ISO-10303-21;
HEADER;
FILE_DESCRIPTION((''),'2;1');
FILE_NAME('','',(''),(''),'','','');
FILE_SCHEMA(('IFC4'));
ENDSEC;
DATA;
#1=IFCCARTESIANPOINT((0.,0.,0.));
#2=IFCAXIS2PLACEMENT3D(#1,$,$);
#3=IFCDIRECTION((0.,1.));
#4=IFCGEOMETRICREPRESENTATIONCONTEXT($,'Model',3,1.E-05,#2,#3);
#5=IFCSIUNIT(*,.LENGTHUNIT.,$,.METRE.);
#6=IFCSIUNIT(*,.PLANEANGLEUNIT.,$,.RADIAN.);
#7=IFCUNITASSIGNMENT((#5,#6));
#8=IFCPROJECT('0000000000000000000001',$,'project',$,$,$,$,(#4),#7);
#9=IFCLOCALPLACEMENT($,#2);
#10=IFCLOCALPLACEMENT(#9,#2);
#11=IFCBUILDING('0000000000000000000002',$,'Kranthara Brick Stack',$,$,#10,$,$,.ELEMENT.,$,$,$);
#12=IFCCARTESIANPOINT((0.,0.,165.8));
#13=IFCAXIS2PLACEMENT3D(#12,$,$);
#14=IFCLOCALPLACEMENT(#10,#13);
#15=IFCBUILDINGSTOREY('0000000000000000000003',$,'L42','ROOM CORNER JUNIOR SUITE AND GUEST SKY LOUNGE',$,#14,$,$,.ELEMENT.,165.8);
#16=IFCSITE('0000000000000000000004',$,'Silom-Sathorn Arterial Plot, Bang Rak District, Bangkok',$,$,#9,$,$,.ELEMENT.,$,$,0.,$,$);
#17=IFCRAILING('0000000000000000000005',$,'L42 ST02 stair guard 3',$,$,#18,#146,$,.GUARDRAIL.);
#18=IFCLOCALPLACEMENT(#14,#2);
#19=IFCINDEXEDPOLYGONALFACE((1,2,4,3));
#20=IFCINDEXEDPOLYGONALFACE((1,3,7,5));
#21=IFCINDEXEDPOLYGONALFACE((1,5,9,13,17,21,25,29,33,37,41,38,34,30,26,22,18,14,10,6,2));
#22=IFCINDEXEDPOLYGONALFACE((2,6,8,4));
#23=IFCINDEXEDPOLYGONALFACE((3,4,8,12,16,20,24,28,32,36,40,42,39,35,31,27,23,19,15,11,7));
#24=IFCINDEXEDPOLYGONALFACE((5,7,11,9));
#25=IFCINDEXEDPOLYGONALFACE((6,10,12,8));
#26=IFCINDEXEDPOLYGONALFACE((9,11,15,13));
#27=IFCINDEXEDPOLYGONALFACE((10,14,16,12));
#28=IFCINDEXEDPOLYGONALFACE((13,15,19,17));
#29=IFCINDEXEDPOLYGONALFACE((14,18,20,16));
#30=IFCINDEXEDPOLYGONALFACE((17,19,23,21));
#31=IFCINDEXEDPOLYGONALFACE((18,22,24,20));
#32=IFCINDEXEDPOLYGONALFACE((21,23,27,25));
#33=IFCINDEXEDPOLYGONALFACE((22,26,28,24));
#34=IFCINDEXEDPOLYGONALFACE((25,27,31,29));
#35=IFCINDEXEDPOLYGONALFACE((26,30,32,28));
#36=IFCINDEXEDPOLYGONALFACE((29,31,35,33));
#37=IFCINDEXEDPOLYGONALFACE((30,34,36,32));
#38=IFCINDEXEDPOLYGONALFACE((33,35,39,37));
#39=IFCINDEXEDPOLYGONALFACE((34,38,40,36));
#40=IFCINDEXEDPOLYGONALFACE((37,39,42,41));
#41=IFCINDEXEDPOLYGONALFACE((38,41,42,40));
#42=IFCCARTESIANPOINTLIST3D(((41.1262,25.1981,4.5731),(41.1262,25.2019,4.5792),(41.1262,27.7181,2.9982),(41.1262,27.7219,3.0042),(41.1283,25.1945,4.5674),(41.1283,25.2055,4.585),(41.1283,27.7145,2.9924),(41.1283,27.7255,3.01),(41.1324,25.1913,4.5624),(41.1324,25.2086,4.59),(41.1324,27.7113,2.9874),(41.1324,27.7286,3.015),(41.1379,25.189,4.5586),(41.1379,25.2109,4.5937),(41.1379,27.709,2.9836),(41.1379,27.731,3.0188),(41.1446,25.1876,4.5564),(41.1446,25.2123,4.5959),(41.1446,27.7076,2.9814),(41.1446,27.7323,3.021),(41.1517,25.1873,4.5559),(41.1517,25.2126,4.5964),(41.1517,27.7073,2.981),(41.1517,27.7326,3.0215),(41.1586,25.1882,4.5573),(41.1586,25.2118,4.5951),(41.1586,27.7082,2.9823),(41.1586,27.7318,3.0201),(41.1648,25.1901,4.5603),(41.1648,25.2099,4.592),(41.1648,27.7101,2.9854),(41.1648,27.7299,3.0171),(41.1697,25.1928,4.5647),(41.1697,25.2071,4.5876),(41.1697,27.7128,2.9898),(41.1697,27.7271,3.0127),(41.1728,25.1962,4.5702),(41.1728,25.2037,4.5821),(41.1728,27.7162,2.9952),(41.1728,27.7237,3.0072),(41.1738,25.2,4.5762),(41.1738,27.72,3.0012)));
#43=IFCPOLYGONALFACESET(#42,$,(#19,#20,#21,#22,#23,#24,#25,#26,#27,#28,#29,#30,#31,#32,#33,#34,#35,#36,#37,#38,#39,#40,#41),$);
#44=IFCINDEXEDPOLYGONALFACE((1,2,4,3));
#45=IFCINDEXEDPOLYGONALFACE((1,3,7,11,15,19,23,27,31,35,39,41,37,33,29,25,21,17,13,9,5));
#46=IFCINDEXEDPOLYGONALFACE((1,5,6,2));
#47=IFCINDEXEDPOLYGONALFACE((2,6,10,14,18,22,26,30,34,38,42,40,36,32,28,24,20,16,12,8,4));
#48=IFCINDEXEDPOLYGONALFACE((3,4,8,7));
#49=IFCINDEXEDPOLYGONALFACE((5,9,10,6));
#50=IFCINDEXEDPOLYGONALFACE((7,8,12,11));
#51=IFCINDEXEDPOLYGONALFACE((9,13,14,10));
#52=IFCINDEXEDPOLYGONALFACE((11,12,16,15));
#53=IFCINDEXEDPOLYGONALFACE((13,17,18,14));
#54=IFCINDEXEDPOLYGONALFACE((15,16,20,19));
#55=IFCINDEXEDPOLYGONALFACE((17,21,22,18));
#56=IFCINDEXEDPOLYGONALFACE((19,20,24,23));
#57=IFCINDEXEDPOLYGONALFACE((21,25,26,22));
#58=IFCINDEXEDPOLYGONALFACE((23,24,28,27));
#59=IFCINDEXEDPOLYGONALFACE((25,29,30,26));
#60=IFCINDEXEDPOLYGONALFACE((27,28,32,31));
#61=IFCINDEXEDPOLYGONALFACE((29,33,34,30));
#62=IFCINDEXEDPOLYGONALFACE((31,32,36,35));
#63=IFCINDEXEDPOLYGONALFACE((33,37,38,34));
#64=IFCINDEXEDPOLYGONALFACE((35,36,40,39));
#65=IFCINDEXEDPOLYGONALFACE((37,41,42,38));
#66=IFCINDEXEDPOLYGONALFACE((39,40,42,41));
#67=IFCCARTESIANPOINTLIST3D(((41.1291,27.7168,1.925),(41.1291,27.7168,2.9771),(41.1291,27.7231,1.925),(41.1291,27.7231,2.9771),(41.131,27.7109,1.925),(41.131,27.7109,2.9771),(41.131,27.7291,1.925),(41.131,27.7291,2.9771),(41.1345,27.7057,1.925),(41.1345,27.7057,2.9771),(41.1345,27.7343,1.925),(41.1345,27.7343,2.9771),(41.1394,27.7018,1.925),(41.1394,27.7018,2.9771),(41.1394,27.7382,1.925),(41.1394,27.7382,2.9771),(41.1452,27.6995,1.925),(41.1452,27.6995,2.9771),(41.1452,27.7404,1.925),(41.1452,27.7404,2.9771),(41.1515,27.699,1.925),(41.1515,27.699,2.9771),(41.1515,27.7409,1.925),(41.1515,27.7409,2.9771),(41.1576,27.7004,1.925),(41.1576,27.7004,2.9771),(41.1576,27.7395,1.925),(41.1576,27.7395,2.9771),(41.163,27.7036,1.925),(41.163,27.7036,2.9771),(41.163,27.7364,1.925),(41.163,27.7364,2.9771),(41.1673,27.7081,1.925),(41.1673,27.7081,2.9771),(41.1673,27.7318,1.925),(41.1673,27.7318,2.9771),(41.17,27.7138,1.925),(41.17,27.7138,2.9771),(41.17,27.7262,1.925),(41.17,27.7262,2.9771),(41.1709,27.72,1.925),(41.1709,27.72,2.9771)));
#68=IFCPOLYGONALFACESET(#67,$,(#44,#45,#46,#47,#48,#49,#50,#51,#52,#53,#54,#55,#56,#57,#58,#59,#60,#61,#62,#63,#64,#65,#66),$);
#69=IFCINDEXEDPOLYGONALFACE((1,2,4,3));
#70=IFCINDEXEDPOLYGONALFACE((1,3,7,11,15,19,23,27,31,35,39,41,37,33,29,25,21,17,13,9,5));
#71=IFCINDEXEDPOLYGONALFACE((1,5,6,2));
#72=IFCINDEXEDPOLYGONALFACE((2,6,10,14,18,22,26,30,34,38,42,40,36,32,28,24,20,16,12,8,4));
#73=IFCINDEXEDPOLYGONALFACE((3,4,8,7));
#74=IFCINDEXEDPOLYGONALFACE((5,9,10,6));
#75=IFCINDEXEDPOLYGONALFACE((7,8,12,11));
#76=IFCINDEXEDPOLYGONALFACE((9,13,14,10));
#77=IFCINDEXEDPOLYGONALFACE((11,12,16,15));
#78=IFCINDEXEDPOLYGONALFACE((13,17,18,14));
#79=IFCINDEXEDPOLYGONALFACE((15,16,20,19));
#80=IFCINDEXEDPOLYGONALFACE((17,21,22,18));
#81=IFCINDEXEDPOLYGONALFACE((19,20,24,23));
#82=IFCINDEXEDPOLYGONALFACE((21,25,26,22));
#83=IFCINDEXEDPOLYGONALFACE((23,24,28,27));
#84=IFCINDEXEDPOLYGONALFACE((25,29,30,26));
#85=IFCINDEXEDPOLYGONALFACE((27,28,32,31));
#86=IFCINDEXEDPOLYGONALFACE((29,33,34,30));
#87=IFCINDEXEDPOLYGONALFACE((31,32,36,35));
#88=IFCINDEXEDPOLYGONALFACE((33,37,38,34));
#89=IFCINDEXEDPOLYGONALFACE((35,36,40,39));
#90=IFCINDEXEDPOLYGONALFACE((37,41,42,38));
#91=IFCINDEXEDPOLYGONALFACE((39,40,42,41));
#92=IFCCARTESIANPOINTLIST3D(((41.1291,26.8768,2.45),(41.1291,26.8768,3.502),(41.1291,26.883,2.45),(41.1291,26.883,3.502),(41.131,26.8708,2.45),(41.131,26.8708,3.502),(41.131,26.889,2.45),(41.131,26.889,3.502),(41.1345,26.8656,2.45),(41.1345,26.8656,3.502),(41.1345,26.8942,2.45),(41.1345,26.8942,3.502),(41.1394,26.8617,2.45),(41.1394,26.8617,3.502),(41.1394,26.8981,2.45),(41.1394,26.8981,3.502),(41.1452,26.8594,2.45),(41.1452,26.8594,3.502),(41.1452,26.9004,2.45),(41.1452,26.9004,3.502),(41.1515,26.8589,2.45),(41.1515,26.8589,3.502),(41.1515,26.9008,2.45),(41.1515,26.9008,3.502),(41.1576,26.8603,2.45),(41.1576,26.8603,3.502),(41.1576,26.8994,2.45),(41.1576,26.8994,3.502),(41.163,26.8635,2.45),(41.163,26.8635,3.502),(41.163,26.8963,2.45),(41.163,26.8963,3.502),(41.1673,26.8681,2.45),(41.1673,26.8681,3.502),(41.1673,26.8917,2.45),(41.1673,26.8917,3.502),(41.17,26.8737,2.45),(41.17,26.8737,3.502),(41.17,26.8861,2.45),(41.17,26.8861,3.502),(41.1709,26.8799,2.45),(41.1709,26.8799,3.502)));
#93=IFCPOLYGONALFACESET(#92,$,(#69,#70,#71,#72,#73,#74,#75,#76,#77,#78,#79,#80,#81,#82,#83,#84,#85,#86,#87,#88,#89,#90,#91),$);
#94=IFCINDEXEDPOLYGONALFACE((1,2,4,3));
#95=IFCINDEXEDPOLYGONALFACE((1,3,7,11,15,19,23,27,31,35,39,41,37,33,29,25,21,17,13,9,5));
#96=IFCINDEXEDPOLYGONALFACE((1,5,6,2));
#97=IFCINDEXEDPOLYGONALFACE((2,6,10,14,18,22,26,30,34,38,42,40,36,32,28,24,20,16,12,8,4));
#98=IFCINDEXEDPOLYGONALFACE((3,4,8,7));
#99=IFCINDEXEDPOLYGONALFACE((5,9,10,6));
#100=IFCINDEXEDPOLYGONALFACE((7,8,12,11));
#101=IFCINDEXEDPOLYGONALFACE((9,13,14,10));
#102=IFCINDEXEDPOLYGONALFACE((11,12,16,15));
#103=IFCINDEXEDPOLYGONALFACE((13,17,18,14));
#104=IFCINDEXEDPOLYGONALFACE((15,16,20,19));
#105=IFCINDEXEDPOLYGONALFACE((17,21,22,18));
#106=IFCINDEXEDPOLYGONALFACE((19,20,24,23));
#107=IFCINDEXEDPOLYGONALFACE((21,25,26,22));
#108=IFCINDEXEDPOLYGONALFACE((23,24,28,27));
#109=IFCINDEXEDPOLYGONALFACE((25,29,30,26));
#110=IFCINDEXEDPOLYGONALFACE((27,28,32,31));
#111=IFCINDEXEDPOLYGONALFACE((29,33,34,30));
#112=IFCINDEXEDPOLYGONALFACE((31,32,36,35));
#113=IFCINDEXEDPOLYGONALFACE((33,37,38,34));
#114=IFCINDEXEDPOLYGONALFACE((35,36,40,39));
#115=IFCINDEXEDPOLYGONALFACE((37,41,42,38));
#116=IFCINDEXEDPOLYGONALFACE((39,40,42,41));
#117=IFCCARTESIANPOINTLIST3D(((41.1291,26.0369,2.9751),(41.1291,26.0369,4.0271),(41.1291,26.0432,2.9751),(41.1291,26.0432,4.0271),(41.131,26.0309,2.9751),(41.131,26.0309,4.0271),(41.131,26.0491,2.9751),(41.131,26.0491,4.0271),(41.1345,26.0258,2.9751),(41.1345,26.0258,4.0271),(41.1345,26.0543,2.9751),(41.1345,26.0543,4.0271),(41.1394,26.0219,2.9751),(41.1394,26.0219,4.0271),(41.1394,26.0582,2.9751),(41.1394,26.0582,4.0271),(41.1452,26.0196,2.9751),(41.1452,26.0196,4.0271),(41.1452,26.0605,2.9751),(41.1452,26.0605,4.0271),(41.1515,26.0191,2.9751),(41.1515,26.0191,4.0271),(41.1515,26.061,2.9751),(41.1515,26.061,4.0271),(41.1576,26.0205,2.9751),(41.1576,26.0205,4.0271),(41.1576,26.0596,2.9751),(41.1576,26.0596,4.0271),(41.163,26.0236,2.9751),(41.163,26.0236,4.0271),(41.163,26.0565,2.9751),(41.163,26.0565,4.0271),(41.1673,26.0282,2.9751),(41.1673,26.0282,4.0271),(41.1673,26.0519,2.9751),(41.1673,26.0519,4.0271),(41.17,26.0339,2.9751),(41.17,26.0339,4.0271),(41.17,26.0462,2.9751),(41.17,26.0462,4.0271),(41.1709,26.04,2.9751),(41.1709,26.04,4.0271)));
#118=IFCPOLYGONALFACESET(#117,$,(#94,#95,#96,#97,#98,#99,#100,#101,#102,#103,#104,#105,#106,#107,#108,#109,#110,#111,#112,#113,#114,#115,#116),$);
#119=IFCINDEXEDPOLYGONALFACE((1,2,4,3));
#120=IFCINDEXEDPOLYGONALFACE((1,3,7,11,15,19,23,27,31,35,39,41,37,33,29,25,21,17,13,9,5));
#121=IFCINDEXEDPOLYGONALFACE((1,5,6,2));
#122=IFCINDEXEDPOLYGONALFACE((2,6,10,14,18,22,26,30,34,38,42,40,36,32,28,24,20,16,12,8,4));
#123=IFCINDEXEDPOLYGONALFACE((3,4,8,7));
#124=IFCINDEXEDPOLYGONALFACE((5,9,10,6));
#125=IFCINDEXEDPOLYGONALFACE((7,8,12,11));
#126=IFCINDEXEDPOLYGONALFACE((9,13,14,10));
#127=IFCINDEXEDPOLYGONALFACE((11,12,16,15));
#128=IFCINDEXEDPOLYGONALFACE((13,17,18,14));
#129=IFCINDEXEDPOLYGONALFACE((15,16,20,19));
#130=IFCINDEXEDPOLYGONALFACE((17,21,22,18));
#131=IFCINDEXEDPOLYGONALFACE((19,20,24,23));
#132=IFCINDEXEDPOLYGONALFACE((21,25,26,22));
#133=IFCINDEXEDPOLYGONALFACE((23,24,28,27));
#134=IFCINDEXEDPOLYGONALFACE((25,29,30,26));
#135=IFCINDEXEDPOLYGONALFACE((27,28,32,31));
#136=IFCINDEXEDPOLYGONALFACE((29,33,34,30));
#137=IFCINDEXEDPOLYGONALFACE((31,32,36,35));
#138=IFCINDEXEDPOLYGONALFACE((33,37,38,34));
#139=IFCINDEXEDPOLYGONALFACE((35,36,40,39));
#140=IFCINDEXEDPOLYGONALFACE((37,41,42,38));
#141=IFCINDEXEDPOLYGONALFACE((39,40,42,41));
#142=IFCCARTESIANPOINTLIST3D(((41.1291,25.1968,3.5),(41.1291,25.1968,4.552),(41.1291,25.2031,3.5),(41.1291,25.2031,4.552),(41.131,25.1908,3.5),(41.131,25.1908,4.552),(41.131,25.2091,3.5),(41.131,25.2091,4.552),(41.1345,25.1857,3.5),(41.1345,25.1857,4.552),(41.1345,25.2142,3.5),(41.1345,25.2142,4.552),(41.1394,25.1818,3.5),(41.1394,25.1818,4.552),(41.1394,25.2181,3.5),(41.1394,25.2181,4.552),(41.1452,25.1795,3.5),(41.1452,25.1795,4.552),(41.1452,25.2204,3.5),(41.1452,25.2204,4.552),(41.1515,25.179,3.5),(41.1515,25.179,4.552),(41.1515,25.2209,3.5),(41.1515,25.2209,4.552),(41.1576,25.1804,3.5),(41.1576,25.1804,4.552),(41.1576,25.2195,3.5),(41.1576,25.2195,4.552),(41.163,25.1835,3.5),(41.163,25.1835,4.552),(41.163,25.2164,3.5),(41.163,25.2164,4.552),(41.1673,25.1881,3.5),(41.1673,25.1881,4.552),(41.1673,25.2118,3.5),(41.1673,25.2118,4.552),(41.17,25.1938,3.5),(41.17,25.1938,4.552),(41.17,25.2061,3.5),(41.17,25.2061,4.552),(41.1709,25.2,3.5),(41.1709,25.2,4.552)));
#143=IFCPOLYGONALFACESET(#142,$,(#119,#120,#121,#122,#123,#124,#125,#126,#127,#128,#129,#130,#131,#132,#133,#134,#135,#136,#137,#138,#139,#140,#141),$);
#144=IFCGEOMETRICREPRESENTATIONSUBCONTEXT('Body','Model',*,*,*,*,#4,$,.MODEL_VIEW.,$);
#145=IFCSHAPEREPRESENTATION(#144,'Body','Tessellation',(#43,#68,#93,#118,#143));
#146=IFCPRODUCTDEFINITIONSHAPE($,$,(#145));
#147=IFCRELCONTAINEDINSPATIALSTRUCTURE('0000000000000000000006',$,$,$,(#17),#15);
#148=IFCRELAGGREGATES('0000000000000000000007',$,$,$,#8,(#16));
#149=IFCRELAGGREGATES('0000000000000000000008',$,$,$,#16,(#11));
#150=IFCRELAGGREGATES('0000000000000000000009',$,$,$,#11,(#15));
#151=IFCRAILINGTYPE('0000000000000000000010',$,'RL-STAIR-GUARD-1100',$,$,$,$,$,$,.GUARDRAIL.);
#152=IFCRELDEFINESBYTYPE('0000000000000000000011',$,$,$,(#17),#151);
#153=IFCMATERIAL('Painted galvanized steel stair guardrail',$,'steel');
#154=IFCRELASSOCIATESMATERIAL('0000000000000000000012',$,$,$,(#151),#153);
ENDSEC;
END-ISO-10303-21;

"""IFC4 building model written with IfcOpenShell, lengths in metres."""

from ifc_helpers import new_model, si_unit, direction, frame, origin, origin_2d, place, context, subcontext, project, spatial, circle, extrude, material, type_object, element, save


model = new_model("IFC4")

# Units and contexts
model_context = context("Model", 3, precision=1e-05, world=origin(), true_north=direction((0.0, 1.0)))
body_context = subcontext(model_context, "Body", "Model", "MODEL_VIEW")
ifc_project = project(units=[si_unit("LENGTHUNIT", "METRE"), si_unit("PLANEANGLEUNIT", "RADIAN")], contexts=[model_context])

# Site, building, storey
site_placement = place(None, origin())
site = spatial("IfcSite", under=ifc_project, at=site_placement, Name="Silom-Sathorn Arterial Plot, Bang Rak District, Bangkok", CompositionType="ELEMENT", RefElevation=0.0)
building_placement = place(site_placement, origin())
building = spatial("IfcBuilding", under=site, at=building_placement, Name="Kranthara Brick Stack", CompositionType="ELEMENT")
storey_placement = place(building_placement, frame((0.0, 0.0, 165.8)))
storey = spatial("IfcBuildingStorey", under=building, at=storey_placement, Name="L42", Description="ROOM CORNER JUNIOR SUITE AND GUEST SKY LOUNGE", CompositionType="ELEMENT", Elevation=165.8)

# Railing
ifc_material_1 = material(Name="Painted galvanized steel stair guardrail", Category="steel")
railing_type_1 = type_object("IfcRailingType", Name="RL-STAIR-GUARD-1100", PredefinedType="GUARDRAIL", material=ifc_material_1)
railing_1_placement = place(storey_placement, frame((41.1499, 27.72, 1.925)))
element("IfcRailing", 1, at=railing_1_placement, inside=storey, type_object=railing_type_1, Name="L42 ST02 stair guard 3", PredefinedType="GUARDRAIL", context=body_context, shape_type="SweptSolid", body=[
    extrude(circle(Radius=0.0239, at=origin_2d()), frame((0.0, 0.0, 1.0762), z_axis=(0.0, -0.848008, 0.529984), x_axis=(1.0, 0.0, 0.0)), (0.0, 0.0, 1.0), 2.9717),
    extrude(circle(Radius=0.021, at=origin_2d()), origin(), (0.0, 0.0, 1.0), 1.052),
    extrude(circle(Radius=0.021, at=origin_2d()), frame((0.0, -0.8401, 0.5249)), (0.0, 0.0, 1.0), 1.052),
    extrude(circle(Radius=0.021, at=origin_2d()), frame((0.0, -1.6799, 1.05)), (0.0, 0.0, 1.0), 1.052),
    extrude(circle(Radius=0.021, at=origin_2d()), frame((0.0, -2.52, 1.575)), (0.0, 0.0, 1.0), 1.052),
])

save(model, "model.ifc")
